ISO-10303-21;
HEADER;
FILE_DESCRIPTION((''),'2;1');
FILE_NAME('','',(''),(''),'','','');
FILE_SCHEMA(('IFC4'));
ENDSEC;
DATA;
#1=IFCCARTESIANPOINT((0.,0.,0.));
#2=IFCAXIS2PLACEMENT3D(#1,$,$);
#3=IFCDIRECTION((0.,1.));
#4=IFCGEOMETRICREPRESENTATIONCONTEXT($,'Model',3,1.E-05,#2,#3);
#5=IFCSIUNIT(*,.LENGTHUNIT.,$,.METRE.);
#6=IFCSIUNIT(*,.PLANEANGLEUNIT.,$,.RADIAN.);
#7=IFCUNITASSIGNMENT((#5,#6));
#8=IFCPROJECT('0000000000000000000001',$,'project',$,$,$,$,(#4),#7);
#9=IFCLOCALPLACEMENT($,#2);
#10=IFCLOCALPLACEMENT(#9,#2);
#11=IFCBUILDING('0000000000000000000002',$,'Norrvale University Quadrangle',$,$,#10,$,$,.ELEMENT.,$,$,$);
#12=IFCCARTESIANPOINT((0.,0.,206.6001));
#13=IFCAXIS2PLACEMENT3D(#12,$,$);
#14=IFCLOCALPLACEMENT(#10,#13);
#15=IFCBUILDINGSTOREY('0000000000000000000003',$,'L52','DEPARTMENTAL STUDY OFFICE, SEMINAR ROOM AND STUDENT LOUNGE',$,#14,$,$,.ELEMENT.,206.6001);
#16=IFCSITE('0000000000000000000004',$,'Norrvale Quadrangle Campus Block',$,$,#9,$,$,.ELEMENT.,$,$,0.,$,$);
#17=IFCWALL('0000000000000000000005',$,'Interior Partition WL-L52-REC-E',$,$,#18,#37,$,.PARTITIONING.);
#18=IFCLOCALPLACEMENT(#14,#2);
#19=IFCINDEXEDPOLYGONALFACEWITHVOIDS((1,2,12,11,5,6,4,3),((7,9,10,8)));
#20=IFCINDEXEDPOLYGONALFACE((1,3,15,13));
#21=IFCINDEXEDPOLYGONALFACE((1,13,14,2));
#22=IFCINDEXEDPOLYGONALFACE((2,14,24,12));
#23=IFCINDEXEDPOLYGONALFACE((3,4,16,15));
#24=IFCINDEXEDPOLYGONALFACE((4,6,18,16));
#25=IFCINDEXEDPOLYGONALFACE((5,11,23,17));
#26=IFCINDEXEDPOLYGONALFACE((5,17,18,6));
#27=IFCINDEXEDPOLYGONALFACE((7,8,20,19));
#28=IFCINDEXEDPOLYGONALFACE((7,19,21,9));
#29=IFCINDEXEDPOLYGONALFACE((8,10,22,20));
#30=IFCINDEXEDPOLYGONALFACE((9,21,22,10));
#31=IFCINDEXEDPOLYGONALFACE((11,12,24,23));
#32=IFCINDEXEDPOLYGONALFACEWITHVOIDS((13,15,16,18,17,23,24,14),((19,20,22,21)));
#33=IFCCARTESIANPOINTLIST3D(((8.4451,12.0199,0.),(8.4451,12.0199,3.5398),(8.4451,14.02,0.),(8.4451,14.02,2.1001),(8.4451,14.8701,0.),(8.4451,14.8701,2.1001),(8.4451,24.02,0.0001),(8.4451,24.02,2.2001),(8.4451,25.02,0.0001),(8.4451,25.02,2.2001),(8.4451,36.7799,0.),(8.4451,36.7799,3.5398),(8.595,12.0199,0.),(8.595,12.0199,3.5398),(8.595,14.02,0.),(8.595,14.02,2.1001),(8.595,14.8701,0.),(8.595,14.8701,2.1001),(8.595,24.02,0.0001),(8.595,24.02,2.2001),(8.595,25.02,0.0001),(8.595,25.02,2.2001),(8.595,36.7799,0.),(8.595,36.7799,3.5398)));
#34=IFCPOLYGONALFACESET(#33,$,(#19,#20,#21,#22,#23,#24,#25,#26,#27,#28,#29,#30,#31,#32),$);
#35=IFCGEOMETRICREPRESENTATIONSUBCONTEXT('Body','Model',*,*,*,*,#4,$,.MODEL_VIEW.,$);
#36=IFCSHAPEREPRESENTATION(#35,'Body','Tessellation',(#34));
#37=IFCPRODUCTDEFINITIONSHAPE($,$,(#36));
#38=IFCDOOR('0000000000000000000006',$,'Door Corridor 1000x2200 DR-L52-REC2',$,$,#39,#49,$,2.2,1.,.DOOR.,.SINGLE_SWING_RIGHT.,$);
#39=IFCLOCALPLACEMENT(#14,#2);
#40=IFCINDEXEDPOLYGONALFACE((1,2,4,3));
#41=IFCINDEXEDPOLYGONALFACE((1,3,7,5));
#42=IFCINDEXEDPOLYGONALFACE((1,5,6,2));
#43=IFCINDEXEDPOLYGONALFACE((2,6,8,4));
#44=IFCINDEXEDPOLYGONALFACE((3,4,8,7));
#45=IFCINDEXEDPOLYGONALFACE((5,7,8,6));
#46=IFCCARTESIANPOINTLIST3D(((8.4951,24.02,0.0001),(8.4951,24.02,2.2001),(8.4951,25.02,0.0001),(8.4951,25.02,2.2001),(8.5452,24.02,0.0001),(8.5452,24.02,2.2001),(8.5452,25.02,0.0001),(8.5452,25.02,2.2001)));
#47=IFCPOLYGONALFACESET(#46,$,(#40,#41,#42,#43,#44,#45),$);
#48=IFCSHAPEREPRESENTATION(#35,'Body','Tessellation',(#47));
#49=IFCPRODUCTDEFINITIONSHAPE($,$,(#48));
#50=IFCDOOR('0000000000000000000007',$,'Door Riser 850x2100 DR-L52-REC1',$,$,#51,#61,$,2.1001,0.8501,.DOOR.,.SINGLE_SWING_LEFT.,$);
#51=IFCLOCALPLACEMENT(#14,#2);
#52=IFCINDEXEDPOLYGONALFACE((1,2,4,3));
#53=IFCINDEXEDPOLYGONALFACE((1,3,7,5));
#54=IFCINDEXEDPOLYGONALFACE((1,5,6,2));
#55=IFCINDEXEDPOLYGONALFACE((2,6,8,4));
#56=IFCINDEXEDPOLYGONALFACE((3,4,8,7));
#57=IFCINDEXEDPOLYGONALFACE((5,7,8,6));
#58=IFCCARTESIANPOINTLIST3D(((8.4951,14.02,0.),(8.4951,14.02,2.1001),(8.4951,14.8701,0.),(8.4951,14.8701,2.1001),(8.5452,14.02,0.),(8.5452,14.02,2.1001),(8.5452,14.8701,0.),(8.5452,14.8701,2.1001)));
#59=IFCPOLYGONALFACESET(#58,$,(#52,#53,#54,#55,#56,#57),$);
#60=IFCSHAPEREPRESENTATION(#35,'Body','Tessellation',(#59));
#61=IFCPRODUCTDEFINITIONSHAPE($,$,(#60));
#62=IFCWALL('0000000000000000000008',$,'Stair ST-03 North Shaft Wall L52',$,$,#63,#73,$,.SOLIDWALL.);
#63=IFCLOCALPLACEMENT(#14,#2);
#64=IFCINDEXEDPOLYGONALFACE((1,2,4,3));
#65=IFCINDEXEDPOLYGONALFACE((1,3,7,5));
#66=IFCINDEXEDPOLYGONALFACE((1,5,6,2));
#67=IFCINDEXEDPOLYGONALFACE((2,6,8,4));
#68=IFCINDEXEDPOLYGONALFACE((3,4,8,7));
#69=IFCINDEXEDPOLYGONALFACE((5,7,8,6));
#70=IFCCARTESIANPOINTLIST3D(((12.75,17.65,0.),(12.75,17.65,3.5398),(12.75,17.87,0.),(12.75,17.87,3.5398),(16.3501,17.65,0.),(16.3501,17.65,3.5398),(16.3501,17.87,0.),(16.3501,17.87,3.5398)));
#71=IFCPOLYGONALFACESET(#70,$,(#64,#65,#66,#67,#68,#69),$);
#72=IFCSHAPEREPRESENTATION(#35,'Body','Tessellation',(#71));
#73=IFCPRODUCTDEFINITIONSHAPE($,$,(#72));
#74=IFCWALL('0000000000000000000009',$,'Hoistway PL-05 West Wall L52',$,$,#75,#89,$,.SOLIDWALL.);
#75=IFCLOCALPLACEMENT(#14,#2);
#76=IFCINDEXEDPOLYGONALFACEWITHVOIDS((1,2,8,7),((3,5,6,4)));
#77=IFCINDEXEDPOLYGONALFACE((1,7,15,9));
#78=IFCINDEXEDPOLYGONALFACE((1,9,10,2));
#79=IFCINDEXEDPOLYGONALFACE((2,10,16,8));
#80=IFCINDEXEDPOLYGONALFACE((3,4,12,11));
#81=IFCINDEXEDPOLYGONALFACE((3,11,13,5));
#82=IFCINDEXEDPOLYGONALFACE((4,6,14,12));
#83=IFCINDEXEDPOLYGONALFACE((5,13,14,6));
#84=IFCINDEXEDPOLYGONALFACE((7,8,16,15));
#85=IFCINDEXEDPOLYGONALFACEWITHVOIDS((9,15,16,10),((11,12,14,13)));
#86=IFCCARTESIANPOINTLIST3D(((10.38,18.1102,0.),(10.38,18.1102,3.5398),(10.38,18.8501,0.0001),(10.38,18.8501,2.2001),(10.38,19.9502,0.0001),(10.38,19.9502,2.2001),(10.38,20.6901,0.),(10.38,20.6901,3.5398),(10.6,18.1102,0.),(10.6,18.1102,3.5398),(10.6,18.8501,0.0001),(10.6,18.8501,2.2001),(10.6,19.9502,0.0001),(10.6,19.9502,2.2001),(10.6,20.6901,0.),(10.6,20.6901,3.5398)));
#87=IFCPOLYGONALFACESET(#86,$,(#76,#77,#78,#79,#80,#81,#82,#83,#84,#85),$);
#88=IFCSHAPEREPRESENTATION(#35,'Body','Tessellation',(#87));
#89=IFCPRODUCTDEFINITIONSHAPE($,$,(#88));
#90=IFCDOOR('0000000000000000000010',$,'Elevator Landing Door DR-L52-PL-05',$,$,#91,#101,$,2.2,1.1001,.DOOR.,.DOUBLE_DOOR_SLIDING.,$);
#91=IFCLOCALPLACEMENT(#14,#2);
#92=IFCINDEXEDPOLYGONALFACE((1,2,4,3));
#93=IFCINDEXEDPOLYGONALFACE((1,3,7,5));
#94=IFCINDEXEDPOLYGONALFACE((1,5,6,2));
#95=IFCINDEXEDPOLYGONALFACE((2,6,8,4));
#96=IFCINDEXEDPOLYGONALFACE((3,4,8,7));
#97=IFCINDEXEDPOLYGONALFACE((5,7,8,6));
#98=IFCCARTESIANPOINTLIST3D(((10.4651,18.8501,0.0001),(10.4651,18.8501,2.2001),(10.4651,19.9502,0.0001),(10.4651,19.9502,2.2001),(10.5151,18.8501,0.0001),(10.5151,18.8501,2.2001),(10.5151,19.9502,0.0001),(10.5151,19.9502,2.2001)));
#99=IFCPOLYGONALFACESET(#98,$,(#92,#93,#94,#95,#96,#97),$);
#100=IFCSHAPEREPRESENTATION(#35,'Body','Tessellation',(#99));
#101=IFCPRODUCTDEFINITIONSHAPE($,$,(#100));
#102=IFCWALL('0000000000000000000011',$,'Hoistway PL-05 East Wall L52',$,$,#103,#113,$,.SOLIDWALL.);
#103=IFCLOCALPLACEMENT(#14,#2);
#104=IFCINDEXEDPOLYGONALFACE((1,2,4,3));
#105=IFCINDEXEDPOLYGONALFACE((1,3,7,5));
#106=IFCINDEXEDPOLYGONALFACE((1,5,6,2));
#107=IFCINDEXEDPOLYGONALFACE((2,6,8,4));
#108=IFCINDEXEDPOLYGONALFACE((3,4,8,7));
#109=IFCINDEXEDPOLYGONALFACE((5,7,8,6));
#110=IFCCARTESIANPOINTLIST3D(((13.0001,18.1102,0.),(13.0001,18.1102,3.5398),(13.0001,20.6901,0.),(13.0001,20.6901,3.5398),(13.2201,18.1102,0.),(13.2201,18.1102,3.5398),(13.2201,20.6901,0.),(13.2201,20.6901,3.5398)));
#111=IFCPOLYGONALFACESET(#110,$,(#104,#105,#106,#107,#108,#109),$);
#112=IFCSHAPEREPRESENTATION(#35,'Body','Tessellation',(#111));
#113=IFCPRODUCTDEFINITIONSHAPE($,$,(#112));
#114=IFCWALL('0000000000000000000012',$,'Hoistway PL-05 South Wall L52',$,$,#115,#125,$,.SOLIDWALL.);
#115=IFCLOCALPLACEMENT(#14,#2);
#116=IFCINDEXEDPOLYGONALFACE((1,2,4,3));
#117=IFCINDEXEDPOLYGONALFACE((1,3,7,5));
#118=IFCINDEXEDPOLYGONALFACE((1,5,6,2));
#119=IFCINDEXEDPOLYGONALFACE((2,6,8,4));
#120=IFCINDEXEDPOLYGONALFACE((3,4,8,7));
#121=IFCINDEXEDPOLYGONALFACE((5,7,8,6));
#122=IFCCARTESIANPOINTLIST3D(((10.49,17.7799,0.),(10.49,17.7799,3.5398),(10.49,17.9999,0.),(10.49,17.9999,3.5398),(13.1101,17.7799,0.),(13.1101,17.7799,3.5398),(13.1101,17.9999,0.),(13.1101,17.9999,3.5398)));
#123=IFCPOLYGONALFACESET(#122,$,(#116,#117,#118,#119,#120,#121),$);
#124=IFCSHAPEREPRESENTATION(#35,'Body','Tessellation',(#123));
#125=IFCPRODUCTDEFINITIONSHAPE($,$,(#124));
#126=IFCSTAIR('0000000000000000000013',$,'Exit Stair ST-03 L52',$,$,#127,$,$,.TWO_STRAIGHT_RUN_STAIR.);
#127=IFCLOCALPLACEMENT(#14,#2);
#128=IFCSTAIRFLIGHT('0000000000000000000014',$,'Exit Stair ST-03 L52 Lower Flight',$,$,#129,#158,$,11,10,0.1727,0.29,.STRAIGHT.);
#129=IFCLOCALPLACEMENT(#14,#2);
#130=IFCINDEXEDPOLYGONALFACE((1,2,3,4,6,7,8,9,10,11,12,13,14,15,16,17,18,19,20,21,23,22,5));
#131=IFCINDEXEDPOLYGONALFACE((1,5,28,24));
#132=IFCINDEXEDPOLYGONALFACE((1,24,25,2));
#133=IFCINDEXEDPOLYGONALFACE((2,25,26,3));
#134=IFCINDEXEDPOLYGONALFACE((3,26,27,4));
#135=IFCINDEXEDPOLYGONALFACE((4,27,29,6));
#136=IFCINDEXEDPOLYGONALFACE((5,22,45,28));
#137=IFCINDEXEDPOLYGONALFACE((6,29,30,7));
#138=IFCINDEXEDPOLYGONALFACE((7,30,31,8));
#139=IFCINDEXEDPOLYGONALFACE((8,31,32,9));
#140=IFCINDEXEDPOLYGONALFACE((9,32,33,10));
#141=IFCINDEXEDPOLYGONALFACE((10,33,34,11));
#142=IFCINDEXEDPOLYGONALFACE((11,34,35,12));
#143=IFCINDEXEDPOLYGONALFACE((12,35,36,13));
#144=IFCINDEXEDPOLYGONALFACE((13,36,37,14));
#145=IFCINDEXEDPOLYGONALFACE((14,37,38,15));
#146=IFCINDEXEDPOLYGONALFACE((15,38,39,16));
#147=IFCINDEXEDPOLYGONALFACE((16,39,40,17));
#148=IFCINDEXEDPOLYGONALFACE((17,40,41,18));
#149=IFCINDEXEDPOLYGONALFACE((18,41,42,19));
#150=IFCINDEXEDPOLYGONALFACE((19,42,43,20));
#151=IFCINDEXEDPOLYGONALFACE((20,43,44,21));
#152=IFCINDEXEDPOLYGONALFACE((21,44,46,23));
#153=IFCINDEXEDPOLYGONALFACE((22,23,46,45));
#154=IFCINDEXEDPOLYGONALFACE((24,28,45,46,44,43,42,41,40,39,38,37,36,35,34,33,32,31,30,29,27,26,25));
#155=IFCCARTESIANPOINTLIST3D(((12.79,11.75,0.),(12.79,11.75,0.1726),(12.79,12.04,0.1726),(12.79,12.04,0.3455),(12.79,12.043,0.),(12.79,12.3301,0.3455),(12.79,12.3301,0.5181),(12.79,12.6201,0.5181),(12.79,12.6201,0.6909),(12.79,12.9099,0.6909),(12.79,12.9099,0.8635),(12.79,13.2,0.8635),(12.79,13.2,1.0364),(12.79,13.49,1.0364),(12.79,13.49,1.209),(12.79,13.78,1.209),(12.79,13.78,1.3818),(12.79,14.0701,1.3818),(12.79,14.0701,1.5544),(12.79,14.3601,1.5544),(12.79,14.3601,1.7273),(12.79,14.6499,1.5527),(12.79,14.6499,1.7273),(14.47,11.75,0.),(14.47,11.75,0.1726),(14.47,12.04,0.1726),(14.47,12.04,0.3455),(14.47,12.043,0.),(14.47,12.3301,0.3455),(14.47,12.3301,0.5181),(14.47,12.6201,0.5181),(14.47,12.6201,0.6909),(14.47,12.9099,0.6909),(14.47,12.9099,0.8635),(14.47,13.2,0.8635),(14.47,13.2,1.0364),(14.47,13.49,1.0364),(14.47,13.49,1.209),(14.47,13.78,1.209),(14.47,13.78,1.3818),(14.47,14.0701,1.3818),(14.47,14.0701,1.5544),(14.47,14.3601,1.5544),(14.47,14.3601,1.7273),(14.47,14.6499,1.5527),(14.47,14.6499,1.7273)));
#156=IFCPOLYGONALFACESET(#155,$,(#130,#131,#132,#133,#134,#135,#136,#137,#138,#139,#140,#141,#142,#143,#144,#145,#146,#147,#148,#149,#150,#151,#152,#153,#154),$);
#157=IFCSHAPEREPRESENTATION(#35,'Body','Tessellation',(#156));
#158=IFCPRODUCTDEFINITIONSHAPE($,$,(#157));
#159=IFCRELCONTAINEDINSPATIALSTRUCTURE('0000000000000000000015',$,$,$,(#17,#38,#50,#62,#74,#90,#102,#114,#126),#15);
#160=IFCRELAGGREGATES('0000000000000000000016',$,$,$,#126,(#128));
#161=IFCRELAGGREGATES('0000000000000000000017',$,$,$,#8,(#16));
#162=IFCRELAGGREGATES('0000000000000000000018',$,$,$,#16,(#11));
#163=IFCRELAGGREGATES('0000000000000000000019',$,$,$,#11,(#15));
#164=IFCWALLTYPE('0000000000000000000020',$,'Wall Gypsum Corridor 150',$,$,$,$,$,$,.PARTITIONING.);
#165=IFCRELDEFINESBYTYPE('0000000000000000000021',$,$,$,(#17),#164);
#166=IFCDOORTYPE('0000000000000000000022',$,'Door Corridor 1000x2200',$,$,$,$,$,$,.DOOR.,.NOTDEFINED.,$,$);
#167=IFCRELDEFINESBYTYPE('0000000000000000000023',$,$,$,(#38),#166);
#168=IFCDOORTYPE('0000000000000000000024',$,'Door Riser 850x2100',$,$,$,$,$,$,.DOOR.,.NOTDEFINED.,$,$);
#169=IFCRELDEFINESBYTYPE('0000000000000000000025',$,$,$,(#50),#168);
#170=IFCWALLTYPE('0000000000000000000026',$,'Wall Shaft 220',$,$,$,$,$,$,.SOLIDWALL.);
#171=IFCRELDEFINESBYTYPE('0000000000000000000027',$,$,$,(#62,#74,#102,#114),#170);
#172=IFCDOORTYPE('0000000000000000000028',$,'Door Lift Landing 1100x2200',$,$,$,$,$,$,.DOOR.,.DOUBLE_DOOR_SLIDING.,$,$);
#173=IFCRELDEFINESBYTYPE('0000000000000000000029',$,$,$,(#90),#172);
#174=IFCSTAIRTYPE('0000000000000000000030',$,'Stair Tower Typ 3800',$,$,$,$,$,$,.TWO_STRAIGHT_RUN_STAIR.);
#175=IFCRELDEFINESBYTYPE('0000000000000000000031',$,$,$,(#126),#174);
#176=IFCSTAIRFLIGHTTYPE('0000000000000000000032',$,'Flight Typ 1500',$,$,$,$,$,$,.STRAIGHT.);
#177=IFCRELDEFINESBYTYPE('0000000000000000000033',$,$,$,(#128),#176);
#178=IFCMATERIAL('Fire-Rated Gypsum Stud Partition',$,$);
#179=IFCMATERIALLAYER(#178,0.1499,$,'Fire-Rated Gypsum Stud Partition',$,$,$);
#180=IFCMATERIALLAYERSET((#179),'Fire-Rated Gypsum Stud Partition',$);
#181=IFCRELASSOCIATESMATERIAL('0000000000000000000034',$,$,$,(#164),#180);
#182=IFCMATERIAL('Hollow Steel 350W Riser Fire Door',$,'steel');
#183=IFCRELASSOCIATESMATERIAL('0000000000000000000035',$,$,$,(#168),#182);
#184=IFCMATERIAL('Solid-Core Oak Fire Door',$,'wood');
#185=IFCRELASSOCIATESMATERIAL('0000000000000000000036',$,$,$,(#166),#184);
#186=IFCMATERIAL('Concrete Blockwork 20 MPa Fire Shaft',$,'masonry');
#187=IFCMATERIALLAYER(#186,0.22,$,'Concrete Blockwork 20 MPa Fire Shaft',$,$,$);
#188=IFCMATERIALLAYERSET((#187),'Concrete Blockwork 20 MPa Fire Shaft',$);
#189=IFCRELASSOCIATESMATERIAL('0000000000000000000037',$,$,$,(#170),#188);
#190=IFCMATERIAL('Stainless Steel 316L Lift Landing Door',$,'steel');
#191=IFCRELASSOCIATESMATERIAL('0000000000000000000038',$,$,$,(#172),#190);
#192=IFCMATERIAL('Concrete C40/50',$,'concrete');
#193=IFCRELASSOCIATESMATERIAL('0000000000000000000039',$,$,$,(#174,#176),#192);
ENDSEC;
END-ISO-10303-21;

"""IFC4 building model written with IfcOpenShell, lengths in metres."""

from ifc_helpers import new_model, si_unit, direction, frame, frame_2d, origin, place, context, subcontext, project, spatial, polyline, rectangle, outline, extrude, material, layer, layer_set, type_object, element, fill, aggregate, save


model = new_model("IFC4")

# Units and contexts
model_context = context("Model", 3, precision=1e-05, world=origin(), true_north=direction((0.0, 1.0)))
body_context = subcontext(model_context, "Body", "Model", "MODEL_VIEW")
ifc_project = project(units=[si_unit("LENGTHUNIT", "METRE"), si_unit("PLANEANGLEUNIT", "RADIAN")], contexts=[model_context])

# Site, building, storey
site_placement = place(None, origin())
site = spatial("IfcSite", under=ifc_project, at=site_placement, Name="Norrvale Quadrangle Campus Block", CompositionType="ELEMENT", RefElevation=0.0)
building_placement = place(site_placement, origin())
building = spatial("IfcBuilding", under=site, at=building_placement, Name="Norrvale University Quadrangle", CompositionType="ELEMENT")
storey_placement = place(building_placement, frame((0.0, 0.0, 206.6001)))
storey = spatial("IfcBuildingStorey", under=building, at=storey_placement, Name="L52", Description="DEPARTMENTAL STUDY OFFICE, SEMINAR ROOM AND STUDENT LOUNGE", CompositionType="ELEMENT", Elevation=206.6001)

# Shared definitions
ifc_material_1 = material(Name="Fire-Rated Gypsum Stud Partition")
ifc_layer_1 = layer(ifc_material_1, 0.1499, Name="Fire-Rated Gypsum Stud Partition")
ifc_layer_set_1 = layer_set([ifc_layer_1], Name="Fire-Rated Gypsum Stud Partition")
wall_type_1 = type_object("IfcWallType", Name="Wall Gypsum Corridor 150", PredefinedType="PARTITIONING", material=ifc_layer_set_1)
ifc_material_2 = material(Name="Hollow Steel 350W Riser Fire Door", Category="steel")
door_type_1 = type_object("IfcDoorType", Name="Door Riser 850x2100", OperationType="NOTDEFINED", PredefinedType="DOOR", material=ifc_material_2)

# Wall, openings, doors
wall_1_placement = place(storey_placement, frame((8.52, 12.02, 0.0), z_axis=(0.0, 0.0, 1.0), x_axis=(0.0, 1.0, 0.0)))
wall_1 = element("IfcWall", 1, at=wall_1_placement, inside=storey, type_object=wall_type_1, Name="Interior Partition WL-L52-REC-E", PredefinedType="PARTITIONING", context=body_context, shape_type="SweptSolid", body=[
    extrude(rectangle(XDim=24.76, YDim=0.1499, at=frame_2d((12.3799, 0.0))), origin(), (0.0, 0.0, 1.0), 3.5398),
])
opening_1_placement = place(wall_1_placement, frame((2.0, 0.0, 0.0)))
opening_1 = element("IfcOpeningElement", 2, at=opening_1_placement, cuts=wall_1, PredefinedType="OPENING", context=body_context, shape_type="SweptSolid", body=[
    extrude(rectangle(XDim=0.8501, YDim=2.1001, at=frame_2d((0.425, 1.05))), frame((0.0, 0.0869, 0.0), z_axis=(0.0, -1.0, 0.0), x_axis=(1.0, 0.0, 0.0)), (0.0, 0.0, 1.0), 0.1738),
])
opening_2_placement = place(wall_1_placement, frame((12.0, 0.0, 0.0)))
opening_2 = element("IfcOpeningElement", 3, at=opening_2_placement, cuts=wall_1, PredefinedType="OPENING", context=body_context, shape_type="SweptSolid", body=[
    extrude(rectangle(XDim=1.0, YDim=2.2, at=frame_2d((0.5, 1.1001))), frame((0.0, 0.0869, 0.0), z_axis=(0.0, -1.0, 0.0), x_axis=(1.0, 0.0, 0.0)), (0.0, 0.0, 1.0), 0.1738),
])
ifc_material_3 = material(Name="Solid-Core Oak Fire Door", Category="wood")
door_type_2 = type_object("IfcDoorType", Name="Door Corridor 1000x2200", OperationType="NOTDEFINED", PredefinedType="DOOR", material=ifc_material_3)
door_1_placement = place(opening_2_placement, origin())
door_1 = element("IfcDoor", 4, at=door_1_placement, inside=storey, type_object=door_type_2, Name="Door Corridor 1000x2200 DR-L52-REC2", OperationType="SINGLE_SWING_RIGHT", OverallHeight=2.2, OverallWidth=1.0, PredefinedType="DOOR", context=body_context, shape_type="SweptSolid", body=[
    extrude(rectangle(XDim=1.0, YDim=2.2, at=frame_2d((0.5, 1.1001))), frame((0.0, 0.0249, 0.0), z_axis=(0.0, -1.0, 0.0), x_axis=(1.0, 0.0, 0.0)), (0.0, 0.0, 1.0), 0.05),
])
fill(opening_2, door_1)
door_2_placement = place(opening_1_placement, origin())
door_2 = element("IfcDoor", 5, at=door_2_placement, inside=storey, type_object=door_type_1, Name="Door Riser 850x2100 DR-L52-REC1", OperationType="SINGLE_SWING_LEFT", OverallHeight=2.1001, OverallWidth=0.8501, PredefinedType="DOOR", context=body_context, shape_type="SweptSolid", body=[
    extrude(rectangle(XDim=0.8501, YDim=2.1001, at=frame_2d((0.425, 1.05))), frame((0.0, 0.0249, 0.0), z_axis=(0.0, -1.0, 0.0), x_axis=(1.0, 0.0, 0.0)), (0.0, 0.0, 1.0), 0.05),
])
fill(opening_1, door_2)

# Wall
ifc_material_4 = material(Name="Concrete Blockwork 20 MPa Fire Shaft", Category="masonry")
ifc_layer_2 = layer(ifc_material_4, 0.22, Name="Concrete Blockwork 20 MPa Fire Shaft")
ifc_layer_set_2 = layer_set([ifc_layer_2], Name="Concrete Blockwork 20 MPa Fire Shaft")
wall_type_2 = type_object("IfcWallType", Name="Wall Shaft 220", PredefinedType="SOLIDWALL", material=ifc_layer_set_2)
wall_2_placement = place(storey_placement, frame((12.75, 17.76, 0.0), z_axis=(0.0, 0.0, 1.0), x_axis=(1.0, 0.0, 0.0)))
element("IfcWall", 6, at=wall_2_placement, inside=storey, type_object=wall_type_2, Name="Stair ST-03 North Shaft Wall L52", PredefinedType="SOLIDWALL", context=body_context, shape_type="SweptSolid", body=[
    extrude(rectangle(XDim=3.6001, YDim=0.22, at=frame_2d((1.8, 0.0))), origin(), (0.0, 0.0, 1.0), 3.5398),
])

# Wall, opening, door
wall_3_placement = place(storey_placement, frame((10.49, 18.1101, 0.0), z_axis=(0.0, 0.0, 1.0), x_axis=(0.0, 1.0, 0.0)))
wall_3 = element("IfcWall", 7, at=wall_3_placement, inside=storey, type_object=wall_type_2, Name="Hoistway PL-05 West Wall L52", PredefinedType="SOLIDWALL", context=body_context, shape_type="SweptSolid", body=[
    extrude(rectangle(XDim=2.5798, YDim=0.22, at=frame_2d((1.29, 0.0))), origin(), (0.0, 0.0, 1.0), 3.5398),
])
opening_3_placement = place(wall_3_placement, frame((0.74, 0.0, 0.0)))
opening_3 = element("IfcOpeningElement", 8, at=opening_3_placement, cuts=wall_3, PredefinedType="OPENING", context=body_context, shape_type="SweptSolid", body=[
    extrude(rectangle(XDim=1.1001, YDim=2.2, at=frame_2d((0.55, 1.1001))), frame((0.0, 0.1221, 0.0), z_axis=(0.0, -1.0, 0.0), x_axis=(1.0, 0.0, 0.0)), (0.0, 0.0, 1.0), 0.2439),
])
ifc_material_5 = material(Name="Stainless Steel 316L Lift Landing Door", Category="steel")
door_type_3 = type_object("IfcDoorType", Name="Door Lift Landing 1100x2200", OperationType="DOUBLE_DOOR_SLIDING", PredefinedType="DOOR", material=ifc_material_5)
door_3_placement = place(opening_3_placement, origin())
door_3 = element("IfcDoor", 9, at=door_3_placement, inside=storey, type_object=door_type_3, Name="Elevator Landing Door DR-L52-PL-05", OperationType="DOUBLE_DOOR_SLIDING", OverallHeight=2.2, OverallWidth=1.1001, PredefinedType="DOOR", context=body_context, shape_type="SweptSolid", body=[
    extrude(rectangle(XDim=1.1001, YDim=2.2, at=frame_2d((0.55, 1.1001))), frame((0.0, 0.0249, 0.0), z_axis=(0.0, -1.0, 0.0), x_axis=(1.0, 0.0, 0.0)), (0.0, 0.0, 1.0), 0.05),
])
fill(opening_3, door_3)

# Walls
wall_4_placement = place(storey_placement, frame((13.1101, 18.1101, 0.0), z_axis=(0.0, 0.0, 1.0), x_axis=(0.0, 1.0, 0.0)))
element("IfcWall", 10, at=wall_4_placement, inside=storey, type_object=wall_type_2, Name="Hoistway PL-05 East Wall L52", PredefinedType="SOLIDWALL", context=body_context, shape_type="SweptSolid", body=[
    extrude(rectangle(XDim=2.5798, YDim=0.22, at=frame_2d((1.29, 0.0))), origin(), (0.0, 0.0, 1.0), 3.5398),
])
wall_5_placement = place(storey_placement, frame((10.49, 17.8899, 0.0), z_axis=(0.0, 0.0, 1.0), x_axis=(1.0, 0.0, 0.0)))
element("IfcWall", 11, at=wall_5_placement, inside=storey, type_object=wall_type_2, Name="Hoistway PL-05 South Wall L52", PredefinedType="SOLIDWALL", context=body_context, shape_type="SweptSolid", body=[
    extrude(rectangle(XDim=2.6201, YDim=0.22, at=frame_2d((1.3101, 0.0))), origin(), (0.0, 0.0, 1.0), 3.5398),
])

# Stair, stair flight
ifc_material_6 = material(Name="Concrete C40/50", Category="concrete")
stair_type = type_object("IfcStairType", Name="Stair Tower Typ 3800", PredefinedType="TWO_STRAIGHT_RUN_STAIR", material=ifc_material_6)
stair_placement = place(storey_placement, origin())
stair = element("IfcStair", 12, at=stair_placement, inside=storey, type_object=stair_type, Name="Exit Stair ST-03 L52", PredefinedType="TWO_STRAIGHT_RUN_STAIR")
stair_flight_type = type_object("IfcStairFlightType", Name="Flight Typ 1500", PredefinedType="STRAIGHT", material=ifc_material_6)
stair_flight_1_placement = place(storey_placement, frame((13.6299, 11.75, 0.0), z_axis=(0.0, 0.0, 1.0), x_axis=(0.0, 1.0, 0.0)))
stair_flight_1 = element("IfcStairFlight", 13, at=stair_flight_1_placement, type_object=stair_flight_type, Name="Exit Stair ST-03 L52 Lower Flight", NumberOfRisers=11, NumberOfTreads=10, PredefinedType="STRAIGHT", RiserHeight=0.1727, TreadLength=0.29, context=body_context, shape_type="SweptSolid", body=[
    extrude(outline(polyline([(0.0, 0.0), (0.0, 0.1726), (0.29, 0.1726), (0.29, 0.3455), (0.5801, 0.3455), (0.5801, 0.5181), (0.8701, 0.5181), (0.8701, 0.6909), (1.1599, 0.6909), (1.1599, 0.8635), (1.45, 0.8635), (1.45, 1.0364), (1.74, 1.0364), (1.74, 1.209), (2.03, 1.209), (2.03, 1.3818), (2.3201, 1.3818), (2.3201, 1.5544), (2.6101, 1.5544), (2.6101, 1.7273), (2.8999, 1.7273), (2.8999, 1.8999), (2.8999, 1.5527), (0.293, 0.0), (0.0, 0.0)])), frame((0.0, 0.8398, 0.0), z_axis=(0.0, -1.0, 0.0), x_axis=(1.0, 0.0, 0.0)), (0.0, 0.0, 1.0), 1.6799),
])
aggregate(stair, [stair_flight_1])

save(model, "model.ifc")
